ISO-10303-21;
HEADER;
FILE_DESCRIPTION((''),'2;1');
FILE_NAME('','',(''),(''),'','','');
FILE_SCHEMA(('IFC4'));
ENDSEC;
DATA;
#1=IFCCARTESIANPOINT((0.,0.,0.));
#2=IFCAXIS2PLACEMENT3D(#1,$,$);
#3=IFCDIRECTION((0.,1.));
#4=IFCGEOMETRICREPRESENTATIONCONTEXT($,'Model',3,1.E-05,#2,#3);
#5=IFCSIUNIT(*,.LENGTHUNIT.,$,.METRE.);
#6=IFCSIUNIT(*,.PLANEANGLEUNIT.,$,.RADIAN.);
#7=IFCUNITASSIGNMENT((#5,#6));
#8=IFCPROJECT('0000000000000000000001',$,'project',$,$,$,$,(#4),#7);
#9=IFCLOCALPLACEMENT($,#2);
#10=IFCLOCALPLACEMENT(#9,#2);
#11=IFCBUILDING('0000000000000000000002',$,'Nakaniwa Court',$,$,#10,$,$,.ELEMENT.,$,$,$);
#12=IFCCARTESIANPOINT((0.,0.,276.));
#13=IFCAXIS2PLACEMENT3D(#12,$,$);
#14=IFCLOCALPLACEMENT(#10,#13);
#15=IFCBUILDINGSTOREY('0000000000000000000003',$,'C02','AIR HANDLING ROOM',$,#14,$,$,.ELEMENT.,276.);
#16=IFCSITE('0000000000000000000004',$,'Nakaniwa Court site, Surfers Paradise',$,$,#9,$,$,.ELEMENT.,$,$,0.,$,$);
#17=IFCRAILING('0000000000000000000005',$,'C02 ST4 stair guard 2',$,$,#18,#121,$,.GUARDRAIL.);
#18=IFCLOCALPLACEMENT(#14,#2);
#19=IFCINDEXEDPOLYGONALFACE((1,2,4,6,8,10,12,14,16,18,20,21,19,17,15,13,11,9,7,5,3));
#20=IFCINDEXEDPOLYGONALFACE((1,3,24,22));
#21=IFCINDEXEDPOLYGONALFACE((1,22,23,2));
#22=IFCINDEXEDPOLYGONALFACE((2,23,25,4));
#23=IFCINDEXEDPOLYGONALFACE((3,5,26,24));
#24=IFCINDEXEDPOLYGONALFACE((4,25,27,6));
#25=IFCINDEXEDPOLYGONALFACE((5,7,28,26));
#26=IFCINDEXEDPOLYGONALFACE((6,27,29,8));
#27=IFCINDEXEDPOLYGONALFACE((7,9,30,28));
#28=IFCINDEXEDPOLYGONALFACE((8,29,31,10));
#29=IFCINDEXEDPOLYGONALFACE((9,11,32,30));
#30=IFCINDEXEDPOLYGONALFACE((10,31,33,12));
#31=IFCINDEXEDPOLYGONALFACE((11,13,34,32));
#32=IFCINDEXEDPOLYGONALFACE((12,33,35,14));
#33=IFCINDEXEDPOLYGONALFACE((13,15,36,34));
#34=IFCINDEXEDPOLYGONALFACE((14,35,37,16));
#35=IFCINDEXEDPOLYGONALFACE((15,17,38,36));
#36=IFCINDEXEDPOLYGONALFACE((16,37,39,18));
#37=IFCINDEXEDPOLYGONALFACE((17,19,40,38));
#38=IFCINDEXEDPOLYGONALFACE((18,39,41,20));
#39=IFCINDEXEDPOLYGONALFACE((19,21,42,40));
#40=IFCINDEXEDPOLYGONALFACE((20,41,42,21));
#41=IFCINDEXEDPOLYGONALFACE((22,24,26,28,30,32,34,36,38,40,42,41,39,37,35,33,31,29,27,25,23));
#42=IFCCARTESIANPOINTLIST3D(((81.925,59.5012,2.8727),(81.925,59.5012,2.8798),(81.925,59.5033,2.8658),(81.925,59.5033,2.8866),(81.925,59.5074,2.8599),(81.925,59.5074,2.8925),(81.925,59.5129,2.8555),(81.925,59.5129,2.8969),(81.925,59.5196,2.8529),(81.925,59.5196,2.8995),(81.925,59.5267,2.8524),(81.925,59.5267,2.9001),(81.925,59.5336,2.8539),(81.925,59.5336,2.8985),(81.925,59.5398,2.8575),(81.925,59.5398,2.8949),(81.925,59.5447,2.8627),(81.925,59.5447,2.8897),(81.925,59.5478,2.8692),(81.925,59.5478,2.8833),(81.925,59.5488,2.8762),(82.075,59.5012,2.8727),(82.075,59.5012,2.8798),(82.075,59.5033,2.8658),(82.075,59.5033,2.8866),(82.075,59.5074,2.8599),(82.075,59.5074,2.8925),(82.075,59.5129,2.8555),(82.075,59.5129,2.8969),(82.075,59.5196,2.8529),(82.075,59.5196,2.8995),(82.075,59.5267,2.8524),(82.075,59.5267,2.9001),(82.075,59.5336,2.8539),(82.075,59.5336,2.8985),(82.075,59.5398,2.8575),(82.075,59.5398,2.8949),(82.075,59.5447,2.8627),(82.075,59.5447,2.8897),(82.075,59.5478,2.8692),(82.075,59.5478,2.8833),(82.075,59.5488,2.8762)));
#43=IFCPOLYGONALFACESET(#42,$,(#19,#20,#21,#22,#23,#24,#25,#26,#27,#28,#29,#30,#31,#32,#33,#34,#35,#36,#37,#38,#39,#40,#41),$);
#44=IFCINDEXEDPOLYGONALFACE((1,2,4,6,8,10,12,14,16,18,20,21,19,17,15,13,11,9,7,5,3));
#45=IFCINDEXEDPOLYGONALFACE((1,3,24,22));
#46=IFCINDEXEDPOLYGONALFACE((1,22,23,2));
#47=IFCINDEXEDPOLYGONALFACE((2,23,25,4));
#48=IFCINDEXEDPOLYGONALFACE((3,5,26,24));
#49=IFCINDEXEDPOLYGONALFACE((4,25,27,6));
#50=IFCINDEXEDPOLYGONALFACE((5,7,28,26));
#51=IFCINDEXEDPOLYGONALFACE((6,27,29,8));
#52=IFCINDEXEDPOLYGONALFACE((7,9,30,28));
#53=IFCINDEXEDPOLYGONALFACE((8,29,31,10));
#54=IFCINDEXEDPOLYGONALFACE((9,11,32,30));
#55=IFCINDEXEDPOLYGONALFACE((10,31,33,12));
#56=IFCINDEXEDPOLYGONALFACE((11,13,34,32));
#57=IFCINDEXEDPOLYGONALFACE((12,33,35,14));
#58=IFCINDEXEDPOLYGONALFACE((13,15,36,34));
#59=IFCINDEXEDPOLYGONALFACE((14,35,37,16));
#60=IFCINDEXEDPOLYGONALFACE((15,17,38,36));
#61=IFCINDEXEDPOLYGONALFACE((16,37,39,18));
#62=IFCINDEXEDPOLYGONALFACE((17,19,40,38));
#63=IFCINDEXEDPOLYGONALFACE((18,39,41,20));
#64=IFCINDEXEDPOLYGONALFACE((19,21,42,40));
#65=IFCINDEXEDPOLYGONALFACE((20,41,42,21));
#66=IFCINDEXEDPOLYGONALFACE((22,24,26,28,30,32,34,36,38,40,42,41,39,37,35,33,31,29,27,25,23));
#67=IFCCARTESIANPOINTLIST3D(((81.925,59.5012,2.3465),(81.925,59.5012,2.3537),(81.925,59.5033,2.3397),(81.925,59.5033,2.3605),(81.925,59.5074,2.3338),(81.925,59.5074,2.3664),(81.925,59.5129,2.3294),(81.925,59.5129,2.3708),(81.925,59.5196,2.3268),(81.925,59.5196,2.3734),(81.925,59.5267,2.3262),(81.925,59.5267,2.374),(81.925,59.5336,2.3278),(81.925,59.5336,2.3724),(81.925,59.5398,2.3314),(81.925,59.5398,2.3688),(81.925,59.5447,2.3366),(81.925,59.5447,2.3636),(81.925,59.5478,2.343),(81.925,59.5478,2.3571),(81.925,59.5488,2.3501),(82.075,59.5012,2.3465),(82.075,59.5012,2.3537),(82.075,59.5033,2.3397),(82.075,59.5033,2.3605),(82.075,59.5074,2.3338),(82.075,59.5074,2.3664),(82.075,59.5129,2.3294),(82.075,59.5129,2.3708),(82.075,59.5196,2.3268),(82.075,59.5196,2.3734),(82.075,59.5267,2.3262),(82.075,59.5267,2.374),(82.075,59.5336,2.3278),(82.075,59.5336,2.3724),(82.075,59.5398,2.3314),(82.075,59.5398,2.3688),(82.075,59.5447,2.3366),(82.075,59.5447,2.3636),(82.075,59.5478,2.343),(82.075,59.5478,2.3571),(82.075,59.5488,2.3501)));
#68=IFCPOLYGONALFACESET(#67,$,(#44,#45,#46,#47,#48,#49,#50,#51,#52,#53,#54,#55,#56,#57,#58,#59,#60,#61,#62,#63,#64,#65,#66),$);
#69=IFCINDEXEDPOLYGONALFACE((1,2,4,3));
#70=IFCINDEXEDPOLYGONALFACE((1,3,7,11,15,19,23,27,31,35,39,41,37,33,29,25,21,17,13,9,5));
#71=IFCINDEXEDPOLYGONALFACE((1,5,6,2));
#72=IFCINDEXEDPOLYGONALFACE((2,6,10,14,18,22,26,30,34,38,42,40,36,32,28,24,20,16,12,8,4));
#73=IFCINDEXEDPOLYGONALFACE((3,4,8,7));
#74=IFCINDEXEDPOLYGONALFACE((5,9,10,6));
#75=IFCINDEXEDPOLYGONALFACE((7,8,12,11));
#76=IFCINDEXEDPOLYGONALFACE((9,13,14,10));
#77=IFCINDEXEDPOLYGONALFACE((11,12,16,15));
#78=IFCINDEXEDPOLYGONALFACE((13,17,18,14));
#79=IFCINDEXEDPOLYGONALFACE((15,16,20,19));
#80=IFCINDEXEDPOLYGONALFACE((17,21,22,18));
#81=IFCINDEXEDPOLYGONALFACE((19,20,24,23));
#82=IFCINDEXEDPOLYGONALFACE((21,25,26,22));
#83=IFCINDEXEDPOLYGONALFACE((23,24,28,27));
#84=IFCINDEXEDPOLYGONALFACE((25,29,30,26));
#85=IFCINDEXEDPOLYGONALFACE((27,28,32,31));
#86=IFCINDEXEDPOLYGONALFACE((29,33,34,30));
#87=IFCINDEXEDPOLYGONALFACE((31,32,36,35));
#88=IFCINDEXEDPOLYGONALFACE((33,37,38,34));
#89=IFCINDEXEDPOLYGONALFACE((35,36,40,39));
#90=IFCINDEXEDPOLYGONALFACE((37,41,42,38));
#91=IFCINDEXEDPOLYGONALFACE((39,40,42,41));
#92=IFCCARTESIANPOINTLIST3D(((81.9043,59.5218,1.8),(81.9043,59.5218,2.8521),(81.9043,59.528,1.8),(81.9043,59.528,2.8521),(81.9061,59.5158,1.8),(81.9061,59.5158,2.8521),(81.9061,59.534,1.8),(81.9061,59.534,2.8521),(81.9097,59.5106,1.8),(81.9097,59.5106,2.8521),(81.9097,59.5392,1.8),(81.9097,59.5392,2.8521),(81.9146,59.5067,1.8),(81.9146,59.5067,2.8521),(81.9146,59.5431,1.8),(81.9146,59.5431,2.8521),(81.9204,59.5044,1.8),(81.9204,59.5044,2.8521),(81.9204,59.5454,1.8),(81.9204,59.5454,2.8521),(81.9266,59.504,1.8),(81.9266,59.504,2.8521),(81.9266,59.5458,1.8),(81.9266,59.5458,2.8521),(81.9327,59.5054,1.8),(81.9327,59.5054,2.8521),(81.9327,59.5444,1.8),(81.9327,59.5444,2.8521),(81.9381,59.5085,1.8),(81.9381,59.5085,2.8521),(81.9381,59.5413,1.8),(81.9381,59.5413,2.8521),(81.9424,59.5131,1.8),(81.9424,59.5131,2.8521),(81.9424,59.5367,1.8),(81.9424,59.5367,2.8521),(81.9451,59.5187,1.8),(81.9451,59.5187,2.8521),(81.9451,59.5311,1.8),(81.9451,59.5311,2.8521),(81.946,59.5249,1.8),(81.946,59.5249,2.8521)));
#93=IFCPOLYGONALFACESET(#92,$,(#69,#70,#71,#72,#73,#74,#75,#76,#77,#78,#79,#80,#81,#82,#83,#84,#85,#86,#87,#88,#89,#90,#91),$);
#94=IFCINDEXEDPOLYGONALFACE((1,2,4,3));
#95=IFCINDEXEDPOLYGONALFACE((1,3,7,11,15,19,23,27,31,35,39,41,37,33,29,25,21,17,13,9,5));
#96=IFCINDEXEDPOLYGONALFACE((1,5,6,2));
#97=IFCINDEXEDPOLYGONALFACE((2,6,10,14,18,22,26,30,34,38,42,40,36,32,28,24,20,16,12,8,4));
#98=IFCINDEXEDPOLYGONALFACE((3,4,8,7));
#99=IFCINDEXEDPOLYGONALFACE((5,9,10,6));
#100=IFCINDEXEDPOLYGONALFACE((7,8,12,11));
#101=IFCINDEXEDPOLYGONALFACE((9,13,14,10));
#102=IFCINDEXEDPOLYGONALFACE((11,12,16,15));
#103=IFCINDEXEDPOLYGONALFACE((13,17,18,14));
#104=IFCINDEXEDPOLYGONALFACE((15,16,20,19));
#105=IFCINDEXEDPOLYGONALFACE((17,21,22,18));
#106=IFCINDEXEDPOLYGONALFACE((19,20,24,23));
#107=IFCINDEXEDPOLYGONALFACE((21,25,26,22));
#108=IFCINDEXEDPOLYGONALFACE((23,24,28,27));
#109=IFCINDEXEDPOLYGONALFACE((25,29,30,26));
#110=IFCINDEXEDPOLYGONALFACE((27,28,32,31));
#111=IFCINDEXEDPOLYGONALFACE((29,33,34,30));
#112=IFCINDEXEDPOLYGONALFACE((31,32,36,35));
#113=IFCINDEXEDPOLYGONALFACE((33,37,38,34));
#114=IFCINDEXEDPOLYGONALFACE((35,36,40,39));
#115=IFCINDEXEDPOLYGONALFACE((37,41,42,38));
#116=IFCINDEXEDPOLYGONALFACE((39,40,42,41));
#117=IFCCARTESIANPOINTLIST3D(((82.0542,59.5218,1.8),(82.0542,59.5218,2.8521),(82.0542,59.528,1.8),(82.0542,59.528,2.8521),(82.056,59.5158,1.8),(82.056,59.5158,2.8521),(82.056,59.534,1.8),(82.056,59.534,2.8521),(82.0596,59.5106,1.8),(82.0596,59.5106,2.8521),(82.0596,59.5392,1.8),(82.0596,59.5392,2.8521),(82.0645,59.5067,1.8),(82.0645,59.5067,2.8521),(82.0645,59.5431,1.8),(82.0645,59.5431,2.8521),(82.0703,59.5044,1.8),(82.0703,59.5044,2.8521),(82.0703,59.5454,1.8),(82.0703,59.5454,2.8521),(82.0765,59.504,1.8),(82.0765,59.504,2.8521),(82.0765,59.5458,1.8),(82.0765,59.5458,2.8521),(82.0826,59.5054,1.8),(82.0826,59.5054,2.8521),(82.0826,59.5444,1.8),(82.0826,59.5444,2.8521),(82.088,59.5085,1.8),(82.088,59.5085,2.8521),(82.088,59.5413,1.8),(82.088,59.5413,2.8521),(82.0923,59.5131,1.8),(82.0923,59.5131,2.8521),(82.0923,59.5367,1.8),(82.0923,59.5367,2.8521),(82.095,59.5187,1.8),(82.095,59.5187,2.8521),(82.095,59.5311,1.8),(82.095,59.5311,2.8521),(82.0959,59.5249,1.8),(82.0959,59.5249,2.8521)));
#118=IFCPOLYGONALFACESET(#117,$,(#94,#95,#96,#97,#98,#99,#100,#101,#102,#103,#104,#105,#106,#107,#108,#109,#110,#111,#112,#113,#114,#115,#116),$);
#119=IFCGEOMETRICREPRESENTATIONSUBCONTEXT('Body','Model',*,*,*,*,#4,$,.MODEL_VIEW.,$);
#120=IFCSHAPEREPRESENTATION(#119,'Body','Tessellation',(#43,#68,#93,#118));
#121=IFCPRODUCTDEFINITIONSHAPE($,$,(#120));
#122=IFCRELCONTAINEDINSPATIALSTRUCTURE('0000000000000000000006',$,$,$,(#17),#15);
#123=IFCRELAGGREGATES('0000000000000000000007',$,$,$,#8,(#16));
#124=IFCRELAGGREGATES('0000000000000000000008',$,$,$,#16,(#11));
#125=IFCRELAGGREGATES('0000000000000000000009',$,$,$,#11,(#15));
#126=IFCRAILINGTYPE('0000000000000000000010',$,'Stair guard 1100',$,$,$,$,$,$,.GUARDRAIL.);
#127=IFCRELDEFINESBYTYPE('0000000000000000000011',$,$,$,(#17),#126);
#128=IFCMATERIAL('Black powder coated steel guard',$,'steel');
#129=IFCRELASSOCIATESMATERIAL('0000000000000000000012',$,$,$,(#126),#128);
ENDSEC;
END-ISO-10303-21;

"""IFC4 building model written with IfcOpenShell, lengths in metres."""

from ifc_helpers import new_model, si_unit, direction, frame, origin, origin_2d, place, context, subcontext, project, spatial, circle, extrude, material, type_object, element, save


model = new_model("IFC4")

# Units and contexts
model_context = context("Model", 3, precision=1e-05, world=origin(), true_north=direction((0.0, 1.0)))
body_context = subcontext(model_context, "Body", "Model", "MODEL_VIEW")
ifc_project = project(units=[si_unit("LENGTHUNIT", "METRE"), si_unit("PLANEANGLEUNIT", "RADIAN")], contexts=[model_context])

# Site, building, storey
site_placement = place(None, origin())
site = spatial("IfcSite", under=ifc_project, at=site_placement, Name="Nakaniwa Court site, Surfers Paradise", CompositionType="ELEMENT", RefElevation=0.0)
building_placement = place(site_placement, origin())
building = spatial("IfcBuilding", under=site, at=building_placement, Name="Nakaniwa Court", CompositionType="ELEMENT")
storey_placement = place(building_placement, frame((0.0, 0.0, 276.0)))
storey = spatial("IfcBuildingStorey", under=building, at=storey_placement, Name="C02", Description="AIR HANDLING ROOM", CompositionType="ELEMENT", Elevation=276.0)

# Railing
ifc_material_1 = material(Name="Black powder coated steel guard", Category="steel")
railing_type_1 = type_object("IfcRailingType", Name="Stair guard 1100", PredefinedType="GUARDRAIL", material=ifc_material_1)
railing_1_placement = place(storey_placement, frame((81.925, 59.5249, 1.8)))
element("IfcRailing", 1, at=railing_1_placement, inside=storey, type_object=railing_type_1, Name="C02 ST4 stair guard 2", PredefinedType="GUARDRAIL", context=body_context, shape_type="SweptSolid", body=[
    extrude(circle(Radius=0.0239, at=origin_2d()), frame((0.0, 0.0, 1.0762), z_axis=(1.0, 0.0, 0.0), x_axis=(0.0, 1.0, 0.0)), (0.0, 0.0, 1.0), 0.1499),
    extrude(circle(Radius=0.0239, at=origin_2d()), frame((0.0, 0.0, 0.55), z_axis=(1.0, 0.0, 0.0), x_axis=(0.0, 1.0, 0.0)), (0.0, 0.0, 1.0), 0.1499),
    extrude(circle(Radius=0.021, at=origin_2d()), origin(), (0.0, 0.0, 1.0), 1.052),
    extrude(circle(Radius=0.021, at=origin_2d()), frame((0.1499, 0.0, 0.0)), (0.0, 0.0, 1.0), 1.052),
])

save(model, "model.ifc")
